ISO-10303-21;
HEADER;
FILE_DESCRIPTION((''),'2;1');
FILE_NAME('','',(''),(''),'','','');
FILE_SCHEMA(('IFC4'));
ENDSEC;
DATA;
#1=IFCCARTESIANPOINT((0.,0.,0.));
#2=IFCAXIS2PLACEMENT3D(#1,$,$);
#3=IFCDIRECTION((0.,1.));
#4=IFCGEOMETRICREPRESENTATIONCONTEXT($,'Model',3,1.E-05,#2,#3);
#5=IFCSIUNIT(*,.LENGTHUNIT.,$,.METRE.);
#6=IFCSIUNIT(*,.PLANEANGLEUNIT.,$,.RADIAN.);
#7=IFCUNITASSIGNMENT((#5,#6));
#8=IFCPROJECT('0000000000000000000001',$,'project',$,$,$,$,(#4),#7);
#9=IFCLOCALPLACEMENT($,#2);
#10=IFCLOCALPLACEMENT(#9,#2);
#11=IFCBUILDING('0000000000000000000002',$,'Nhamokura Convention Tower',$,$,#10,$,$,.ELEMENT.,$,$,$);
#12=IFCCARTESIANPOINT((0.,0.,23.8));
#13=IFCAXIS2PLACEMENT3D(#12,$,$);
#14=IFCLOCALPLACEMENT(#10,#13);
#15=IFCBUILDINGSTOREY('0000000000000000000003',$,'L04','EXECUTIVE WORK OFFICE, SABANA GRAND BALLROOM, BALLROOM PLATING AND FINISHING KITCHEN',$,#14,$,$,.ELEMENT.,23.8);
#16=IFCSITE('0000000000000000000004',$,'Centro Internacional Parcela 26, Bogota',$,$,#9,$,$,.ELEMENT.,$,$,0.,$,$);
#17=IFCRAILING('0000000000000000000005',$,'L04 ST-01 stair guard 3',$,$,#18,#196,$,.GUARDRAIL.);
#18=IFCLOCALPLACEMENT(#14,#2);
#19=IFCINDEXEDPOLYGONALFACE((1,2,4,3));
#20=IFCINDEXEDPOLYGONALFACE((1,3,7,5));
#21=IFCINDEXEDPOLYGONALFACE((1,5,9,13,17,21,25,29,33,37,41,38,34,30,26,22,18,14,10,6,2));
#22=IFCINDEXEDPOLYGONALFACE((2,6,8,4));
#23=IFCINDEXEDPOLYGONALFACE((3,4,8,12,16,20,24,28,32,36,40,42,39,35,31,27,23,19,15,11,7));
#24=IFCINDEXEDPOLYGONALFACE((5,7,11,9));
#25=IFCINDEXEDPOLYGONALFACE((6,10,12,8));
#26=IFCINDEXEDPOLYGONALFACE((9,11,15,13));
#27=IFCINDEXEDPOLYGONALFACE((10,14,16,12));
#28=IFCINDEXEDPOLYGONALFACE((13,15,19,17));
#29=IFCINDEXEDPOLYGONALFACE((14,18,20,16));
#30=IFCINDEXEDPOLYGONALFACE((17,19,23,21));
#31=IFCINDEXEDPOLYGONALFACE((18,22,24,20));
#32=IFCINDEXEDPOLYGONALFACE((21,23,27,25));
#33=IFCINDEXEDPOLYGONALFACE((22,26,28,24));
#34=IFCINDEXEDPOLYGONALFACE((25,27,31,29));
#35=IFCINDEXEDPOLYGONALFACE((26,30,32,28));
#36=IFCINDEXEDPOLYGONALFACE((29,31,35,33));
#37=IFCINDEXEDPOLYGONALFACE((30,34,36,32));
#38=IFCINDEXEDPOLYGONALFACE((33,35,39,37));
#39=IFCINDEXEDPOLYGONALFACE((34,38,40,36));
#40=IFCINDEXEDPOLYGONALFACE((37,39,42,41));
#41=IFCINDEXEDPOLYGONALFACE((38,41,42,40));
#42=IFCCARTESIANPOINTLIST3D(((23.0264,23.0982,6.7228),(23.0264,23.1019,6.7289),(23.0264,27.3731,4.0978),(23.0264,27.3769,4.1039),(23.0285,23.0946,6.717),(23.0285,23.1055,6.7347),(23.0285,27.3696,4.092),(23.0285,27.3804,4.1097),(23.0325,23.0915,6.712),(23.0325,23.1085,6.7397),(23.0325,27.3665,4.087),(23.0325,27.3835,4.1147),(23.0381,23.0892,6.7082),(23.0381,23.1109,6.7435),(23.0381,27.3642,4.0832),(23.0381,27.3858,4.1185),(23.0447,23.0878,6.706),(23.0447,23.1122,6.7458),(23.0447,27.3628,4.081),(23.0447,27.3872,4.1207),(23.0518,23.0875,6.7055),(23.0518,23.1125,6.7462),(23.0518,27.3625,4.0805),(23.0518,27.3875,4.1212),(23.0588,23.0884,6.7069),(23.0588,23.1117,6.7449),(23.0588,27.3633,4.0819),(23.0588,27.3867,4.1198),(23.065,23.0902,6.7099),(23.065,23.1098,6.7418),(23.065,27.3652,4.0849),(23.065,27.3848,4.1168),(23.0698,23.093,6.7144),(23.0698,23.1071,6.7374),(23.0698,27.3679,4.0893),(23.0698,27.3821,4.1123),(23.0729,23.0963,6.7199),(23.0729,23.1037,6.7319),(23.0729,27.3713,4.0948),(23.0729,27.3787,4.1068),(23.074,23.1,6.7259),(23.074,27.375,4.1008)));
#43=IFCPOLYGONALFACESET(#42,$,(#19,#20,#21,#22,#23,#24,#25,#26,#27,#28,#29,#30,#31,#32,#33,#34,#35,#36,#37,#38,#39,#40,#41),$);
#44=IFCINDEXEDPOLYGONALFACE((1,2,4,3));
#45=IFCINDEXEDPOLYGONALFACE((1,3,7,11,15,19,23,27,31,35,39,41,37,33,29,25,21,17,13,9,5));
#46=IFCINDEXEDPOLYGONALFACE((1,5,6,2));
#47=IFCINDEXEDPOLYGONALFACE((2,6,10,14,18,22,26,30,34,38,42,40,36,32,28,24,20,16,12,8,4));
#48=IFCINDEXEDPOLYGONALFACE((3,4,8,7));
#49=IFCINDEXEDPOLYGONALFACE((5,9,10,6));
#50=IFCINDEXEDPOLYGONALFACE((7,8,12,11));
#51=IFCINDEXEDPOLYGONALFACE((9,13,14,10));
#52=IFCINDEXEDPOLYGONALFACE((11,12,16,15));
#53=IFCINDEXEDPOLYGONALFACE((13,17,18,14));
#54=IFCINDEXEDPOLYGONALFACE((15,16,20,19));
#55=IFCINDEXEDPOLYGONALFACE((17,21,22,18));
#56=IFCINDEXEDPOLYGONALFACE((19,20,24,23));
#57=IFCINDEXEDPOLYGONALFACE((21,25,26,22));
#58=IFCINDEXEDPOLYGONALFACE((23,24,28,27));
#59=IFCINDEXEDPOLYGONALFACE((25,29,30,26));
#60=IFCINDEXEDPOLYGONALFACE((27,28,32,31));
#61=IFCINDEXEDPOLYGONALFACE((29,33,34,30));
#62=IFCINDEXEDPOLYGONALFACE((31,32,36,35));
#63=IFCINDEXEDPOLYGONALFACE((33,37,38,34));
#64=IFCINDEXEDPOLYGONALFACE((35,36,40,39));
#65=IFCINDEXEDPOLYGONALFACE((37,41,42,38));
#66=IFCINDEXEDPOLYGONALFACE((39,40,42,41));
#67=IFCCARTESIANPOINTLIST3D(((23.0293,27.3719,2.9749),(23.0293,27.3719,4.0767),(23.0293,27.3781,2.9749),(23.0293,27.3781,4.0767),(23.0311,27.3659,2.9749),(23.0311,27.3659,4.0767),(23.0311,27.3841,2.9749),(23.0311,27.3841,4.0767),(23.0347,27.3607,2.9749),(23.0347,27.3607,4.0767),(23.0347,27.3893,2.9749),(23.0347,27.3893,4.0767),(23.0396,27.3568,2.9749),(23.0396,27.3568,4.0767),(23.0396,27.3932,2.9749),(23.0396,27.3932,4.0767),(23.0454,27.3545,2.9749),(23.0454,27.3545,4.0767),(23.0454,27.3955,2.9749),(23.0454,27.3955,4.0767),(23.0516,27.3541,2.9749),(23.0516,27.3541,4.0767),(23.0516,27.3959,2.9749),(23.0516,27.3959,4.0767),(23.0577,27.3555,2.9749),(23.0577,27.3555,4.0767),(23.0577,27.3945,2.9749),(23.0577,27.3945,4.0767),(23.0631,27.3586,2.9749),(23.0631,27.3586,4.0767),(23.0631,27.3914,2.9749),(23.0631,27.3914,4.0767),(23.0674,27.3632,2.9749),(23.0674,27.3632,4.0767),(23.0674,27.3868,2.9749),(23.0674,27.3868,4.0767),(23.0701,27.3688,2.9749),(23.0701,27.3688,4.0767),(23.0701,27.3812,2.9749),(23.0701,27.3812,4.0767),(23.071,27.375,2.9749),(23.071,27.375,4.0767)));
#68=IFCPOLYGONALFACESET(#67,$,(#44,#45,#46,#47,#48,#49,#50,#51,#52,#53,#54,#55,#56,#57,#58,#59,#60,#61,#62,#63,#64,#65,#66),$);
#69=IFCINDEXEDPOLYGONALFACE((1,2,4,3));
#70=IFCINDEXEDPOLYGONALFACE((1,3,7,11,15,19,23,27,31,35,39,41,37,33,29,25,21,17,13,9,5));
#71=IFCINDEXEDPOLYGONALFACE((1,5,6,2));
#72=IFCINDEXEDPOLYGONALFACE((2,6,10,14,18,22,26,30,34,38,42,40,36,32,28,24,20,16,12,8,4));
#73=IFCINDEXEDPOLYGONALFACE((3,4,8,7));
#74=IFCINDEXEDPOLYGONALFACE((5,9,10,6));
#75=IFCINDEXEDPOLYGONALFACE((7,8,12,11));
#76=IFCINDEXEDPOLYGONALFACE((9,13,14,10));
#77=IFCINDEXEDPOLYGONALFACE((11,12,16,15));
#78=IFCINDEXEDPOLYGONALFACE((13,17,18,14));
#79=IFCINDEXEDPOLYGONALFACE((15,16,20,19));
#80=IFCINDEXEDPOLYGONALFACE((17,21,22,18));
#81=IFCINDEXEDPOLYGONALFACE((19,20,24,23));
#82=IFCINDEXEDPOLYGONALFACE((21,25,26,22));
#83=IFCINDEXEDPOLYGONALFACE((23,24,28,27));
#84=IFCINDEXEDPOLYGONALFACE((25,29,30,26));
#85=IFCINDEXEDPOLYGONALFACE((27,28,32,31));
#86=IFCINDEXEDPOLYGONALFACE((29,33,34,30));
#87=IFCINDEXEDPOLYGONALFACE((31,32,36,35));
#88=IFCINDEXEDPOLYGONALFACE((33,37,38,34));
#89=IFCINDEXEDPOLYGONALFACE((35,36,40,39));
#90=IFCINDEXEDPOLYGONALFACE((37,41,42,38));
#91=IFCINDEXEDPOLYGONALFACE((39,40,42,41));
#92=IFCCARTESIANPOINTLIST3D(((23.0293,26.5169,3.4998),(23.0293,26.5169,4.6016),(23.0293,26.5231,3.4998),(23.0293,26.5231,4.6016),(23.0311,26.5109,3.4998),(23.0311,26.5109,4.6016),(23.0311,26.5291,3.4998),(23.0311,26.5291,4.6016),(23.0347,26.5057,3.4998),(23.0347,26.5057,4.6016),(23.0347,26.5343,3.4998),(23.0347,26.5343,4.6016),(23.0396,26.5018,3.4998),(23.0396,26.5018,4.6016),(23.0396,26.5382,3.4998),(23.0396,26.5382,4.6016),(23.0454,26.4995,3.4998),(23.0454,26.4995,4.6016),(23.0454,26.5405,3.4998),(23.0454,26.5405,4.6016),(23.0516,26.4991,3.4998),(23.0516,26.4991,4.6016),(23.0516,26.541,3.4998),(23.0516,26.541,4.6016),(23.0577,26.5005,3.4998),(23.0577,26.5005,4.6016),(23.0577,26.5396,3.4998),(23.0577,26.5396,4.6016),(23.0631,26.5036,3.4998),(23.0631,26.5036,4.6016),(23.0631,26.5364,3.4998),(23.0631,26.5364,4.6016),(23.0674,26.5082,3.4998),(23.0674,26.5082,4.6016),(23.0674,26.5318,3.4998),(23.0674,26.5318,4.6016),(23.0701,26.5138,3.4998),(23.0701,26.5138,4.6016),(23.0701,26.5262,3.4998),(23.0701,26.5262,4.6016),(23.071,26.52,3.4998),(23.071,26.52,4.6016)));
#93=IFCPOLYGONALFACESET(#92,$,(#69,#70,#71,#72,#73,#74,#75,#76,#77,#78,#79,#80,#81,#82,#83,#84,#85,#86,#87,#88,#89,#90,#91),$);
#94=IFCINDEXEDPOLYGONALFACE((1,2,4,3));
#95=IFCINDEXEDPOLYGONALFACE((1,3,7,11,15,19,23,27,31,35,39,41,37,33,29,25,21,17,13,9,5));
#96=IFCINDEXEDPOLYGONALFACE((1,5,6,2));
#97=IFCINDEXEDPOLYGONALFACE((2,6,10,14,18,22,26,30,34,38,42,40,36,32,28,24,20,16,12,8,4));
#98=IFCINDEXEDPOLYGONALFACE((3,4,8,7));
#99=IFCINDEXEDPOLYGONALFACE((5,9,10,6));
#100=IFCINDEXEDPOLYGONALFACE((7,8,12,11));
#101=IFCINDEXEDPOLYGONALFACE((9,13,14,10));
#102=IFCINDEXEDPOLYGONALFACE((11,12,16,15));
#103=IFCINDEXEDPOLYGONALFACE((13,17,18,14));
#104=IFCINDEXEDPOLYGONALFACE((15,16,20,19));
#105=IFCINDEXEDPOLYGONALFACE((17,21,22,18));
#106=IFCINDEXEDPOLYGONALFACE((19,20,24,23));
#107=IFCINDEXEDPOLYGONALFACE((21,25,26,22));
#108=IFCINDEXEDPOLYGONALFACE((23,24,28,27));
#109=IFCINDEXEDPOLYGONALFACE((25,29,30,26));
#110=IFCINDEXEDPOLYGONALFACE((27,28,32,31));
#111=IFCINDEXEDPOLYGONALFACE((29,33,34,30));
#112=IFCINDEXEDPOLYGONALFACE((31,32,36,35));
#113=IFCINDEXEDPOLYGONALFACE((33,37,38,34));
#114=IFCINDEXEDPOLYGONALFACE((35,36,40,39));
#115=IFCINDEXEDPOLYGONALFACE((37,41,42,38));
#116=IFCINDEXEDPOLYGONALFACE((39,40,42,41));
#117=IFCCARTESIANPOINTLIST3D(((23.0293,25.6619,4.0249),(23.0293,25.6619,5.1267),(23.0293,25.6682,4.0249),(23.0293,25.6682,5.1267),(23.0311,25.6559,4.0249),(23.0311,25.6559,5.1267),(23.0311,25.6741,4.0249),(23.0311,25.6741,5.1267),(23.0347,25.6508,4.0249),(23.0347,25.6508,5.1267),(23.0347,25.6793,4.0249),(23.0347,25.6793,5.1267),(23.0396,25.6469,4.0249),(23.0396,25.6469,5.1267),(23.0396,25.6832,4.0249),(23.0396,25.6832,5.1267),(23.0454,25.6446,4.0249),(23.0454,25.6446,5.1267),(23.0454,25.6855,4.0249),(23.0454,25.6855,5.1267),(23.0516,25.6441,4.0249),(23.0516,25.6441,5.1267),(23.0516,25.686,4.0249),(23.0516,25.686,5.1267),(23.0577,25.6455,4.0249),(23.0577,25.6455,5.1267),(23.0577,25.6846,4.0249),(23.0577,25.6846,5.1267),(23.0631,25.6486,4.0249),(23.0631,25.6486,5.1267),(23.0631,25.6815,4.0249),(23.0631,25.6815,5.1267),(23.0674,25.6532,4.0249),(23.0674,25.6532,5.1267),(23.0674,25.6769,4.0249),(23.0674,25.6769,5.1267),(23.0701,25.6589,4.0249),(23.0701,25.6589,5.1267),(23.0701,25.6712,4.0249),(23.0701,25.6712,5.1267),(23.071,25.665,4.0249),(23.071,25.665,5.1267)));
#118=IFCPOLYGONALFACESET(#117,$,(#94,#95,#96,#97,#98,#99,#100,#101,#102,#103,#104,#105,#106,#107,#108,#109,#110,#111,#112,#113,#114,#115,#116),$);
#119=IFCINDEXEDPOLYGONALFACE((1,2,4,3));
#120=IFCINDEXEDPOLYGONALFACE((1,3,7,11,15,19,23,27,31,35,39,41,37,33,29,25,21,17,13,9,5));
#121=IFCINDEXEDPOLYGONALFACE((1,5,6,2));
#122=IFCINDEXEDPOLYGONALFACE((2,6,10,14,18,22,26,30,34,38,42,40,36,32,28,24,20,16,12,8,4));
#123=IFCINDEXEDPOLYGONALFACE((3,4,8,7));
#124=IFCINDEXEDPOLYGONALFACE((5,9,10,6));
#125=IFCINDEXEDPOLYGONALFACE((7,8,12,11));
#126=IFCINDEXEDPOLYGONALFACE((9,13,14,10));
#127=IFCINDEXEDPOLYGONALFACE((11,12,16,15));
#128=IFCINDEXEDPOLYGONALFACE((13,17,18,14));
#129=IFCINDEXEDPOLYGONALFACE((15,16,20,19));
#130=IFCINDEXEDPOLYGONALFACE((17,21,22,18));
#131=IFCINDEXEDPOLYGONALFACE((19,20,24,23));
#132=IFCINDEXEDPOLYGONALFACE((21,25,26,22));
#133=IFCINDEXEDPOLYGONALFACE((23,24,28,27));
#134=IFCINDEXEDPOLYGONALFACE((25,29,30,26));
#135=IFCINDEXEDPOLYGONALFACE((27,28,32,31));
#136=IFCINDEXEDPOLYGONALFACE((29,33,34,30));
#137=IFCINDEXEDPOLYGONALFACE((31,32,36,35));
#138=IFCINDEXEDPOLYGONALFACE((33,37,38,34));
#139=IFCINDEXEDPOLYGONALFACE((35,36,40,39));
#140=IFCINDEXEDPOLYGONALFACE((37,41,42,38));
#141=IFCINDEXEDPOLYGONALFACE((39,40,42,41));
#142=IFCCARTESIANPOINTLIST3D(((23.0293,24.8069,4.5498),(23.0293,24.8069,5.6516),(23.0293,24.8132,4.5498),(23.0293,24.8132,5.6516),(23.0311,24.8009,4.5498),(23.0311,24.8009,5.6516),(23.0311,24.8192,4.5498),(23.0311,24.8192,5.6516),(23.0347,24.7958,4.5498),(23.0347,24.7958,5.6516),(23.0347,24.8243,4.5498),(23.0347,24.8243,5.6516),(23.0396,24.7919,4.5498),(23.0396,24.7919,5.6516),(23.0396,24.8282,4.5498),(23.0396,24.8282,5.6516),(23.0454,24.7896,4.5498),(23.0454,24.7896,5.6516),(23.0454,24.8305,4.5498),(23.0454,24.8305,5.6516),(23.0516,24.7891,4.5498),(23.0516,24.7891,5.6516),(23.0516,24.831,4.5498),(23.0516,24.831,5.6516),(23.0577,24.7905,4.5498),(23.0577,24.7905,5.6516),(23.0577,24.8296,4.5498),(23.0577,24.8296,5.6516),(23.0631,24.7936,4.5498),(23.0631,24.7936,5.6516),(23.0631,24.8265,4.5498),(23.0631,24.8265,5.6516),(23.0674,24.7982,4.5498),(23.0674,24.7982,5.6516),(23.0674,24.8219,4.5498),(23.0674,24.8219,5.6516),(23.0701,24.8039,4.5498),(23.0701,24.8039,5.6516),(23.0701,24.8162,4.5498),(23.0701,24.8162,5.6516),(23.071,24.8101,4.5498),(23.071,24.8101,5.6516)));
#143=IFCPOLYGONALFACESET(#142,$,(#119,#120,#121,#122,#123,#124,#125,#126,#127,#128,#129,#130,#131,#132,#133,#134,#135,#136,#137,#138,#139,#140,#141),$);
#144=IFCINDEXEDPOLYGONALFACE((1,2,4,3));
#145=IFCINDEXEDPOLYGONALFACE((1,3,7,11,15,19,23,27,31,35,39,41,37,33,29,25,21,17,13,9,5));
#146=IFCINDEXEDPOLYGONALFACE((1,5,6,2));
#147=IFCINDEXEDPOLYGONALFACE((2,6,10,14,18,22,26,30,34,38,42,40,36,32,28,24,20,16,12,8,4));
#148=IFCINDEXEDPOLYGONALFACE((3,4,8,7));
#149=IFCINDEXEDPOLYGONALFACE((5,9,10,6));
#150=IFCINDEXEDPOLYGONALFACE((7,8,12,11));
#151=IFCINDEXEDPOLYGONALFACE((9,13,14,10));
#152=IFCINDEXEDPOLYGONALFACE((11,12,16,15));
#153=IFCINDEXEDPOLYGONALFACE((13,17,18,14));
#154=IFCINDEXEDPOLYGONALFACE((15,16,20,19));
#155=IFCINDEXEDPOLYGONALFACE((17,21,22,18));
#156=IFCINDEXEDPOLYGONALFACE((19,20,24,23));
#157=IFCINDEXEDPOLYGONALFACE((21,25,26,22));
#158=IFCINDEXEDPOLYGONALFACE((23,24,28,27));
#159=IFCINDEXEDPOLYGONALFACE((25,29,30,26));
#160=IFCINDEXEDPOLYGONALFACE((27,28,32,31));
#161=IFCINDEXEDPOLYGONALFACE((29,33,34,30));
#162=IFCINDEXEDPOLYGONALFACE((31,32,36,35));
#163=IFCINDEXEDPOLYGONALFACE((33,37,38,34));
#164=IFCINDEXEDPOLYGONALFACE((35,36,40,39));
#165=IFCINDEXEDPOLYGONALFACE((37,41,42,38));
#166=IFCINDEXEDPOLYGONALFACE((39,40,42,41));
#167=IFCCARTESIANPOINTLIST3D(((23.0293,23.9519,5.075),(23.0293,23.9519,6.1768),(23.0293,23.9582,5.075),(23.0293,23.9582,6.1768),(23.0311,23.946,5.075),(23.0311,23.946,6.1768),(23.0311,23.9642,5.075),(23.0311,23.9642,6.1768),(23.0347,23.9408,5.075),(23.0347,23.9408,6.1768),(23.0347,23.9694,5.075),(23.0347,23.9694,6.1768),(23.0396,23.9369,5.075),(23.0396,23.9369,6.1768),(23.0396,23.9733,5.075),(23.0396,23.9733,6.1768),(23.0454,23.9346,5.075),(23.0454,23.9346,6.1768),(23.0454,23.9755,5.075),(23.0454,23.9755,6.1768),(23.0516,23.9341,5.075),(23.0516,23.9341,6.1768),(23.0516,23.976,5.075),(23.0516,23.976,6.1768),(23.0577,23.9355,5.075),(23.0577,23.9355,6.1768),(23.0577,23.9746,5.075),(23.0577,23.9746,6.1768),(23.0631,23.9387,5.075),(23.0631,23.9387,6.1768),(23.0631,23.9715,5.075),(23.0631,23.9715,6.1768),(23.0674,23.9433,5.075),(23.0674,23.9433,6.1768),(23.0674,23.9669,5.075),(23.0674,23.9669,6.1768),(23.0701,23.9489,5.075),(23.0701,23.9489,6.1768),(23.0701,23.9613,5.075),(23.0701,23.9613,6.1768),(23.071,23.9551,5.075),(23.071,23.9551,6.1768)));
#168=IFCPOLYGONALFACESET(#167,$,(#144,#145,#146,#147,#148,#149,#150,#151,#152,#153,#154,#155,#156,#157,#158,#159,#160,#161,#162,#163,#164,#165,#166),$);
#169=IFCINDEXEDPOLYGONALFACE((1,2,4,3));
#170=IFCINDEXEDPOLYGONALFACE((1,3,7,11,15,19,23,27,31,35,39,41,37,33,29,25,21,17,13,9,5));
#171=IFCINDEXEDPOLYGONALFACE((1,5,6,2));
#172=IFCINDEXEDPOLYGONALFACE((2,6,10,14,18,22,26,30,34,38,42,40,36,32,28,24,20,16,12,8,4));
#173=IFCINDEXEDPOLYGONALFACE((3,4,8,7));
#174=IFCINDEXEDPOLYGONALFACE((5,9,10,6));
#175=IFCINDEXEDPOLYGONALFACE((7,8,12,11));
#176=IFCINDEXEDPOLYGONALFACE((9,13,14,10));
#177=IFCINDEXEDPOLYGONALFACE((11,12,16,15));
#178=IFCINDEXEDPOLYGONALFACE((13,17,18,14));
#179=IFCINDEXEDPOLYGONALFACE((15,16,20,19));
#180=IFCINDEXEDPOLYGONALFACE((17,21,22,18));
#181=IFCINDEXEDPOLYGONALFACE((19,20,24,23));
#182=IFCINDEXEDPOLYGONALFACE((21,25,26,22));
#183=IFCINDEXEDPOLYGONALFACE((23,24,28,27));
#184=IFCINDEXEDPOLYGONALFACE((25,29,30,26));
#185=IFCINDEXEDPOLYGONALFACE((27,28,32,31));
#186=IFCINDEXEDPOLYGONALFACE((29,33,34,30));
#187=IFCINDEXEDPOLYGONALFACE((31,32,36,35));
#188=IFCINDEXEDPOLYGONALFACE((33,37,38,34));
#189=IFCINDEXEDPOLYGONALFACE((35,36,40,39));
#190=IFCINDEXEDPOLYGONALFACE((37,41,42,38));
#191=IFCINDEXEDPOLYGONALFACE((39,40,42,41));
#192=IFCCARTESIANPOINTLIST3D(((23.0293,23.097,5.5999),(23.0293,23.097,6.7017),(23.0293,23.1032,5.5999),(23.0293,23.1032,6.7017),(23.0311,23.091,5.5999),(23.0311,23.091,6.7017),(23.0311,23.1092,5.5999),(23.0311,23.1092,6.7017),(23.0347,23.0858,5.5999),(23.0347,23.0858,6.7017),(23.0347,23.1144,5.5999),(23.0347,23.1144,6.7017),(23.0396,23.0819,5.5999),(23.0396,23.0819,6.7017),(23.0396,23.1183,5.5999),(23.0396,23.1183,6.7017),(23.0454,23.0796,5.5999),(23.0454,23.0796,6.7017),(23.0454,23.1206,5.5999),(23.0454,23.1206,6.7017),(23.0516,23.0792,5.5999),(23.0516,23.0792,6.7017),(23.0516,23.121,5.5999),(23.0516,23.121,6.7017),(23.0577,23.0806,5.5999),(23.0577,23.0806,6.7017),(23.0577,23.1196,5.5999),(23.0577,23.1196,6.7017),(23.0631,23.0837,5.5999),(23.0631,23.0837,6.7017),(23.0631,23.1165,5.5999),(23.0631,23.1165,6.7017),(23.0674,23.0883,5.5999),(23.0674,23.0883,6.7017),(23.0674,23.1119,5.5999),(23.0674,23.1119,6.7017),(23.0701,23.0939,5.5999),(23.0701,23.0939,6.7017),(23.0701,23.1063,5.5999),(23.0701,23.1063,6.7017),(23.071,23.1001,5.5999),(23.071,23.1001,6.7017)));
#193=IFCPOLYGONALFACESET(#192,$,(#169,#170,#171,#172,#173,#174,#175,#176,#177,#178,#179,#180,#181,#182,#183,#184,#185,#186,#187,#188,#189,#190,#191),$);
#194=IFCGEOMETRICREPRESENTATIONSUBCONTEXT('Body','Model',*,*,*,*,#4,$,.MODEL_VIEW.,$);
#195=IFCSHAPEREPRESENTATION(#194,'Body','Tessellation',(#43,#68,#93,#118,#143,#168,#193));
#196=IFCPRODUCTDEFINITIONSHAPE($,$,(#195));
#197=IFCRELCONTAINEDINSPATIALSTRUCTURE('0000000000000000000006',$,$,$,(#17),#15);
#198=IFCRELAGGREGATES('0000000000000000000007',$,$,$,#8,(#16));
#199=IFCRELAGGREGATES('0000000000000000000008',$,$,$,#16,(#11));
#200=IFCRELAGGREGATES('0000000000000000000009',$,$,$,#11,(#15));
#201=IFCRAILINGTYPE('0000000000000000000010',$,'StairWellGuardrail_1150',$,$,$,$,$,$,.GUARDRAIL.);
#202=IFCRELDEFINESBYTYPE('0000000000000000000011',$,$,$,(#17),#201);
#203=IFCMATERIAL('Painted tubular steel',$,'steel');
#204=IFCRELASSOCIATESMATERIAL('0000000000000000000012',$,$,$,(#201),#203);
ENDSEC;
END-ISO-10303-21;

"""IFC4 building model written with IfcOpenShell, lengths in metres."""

from ifc_helpers import new_model, si_unit, direction, frame, origin, origin_2d, place, context, subcontext, project, spatial, circle, extrude, material, type_object, element, save


model = new_model("IFC4")

# Units and contexts
model_context = context("Model", 3, precision=1e-05, world=origin(), true_north=direction((0.0, 1.0)))
body_context = subcontext(model_context, "Body", "Model", "MODEL_VIEW")
ifc_project = project(units=[si_unit("LENGTHUNIT", "METRE"), si_unit("PLANEANGLEUNIT", "RADIAN")], contexts=[model_context])

# Site, building, storey
site_placement = place(None, origin())
site = spatial("IfcSite", under=ifc_project, at=site_placement, Name="Centro Internacional Parcela 26, Bogota", CompositionType="ELEMENT", RefElevation=0.0)
building_placement = place(site_placement, origin())
building = spatial("IfcBuilding", under=site, at=building_placement, Name="Nhamokura Convention Tower", CompositionType="ELEMENT")
storey_placement = place(building_placement, frame((0.0, 0.0, 23.8)))
storey = spatial("IfcBuildingStorey", under=building, at=storey_placement, Name="L04", Description="EXECUTIVE WORK OFFICE, SABANA GRAND BALLROOM, BALLROOM PLATING AND FINISHING KITCHEN", CompositionType="ELEMENT", Elevation=23.8)

# Railing
ifc_material_1 = material(Name="Painted tubular steel", Category="steel")
railing_type_1 = type_object("IfcRailingType", Name="StairWellGuardrail_1150", PredefinedType="GUARDRAIL", material=ifc_material_1)
railing_1_placement = place(storey_placement, frame((23.05, 27.375, 2.9749)))
element("IfcRailing", 1, at=railing_1_placement, inside=storey, type_object=railing_type_1, Name="L04 ST-01 stair guard 3", PredefinedType="GUARDRAIL", context=body_context, shape_type="SweptSolid", body=[
    extrude(circle(Radius=0.0239, at=origin_2d()), frame((0.0, 0.0, 1.126), z_axis=(0.0, -0.852166, 0.523272), x_axis=(1.0, 0.0, 0.0)), (0.0, 0.0, 1.0), 5.0166),
    extrude(circle(Radius=0.021, at=origin_2d()), origin(), (0.0, 0.0, 1.0), 1.1018),
    extrude(circle(Radius=0.021, at=origin_2d()), frame((0.0, -0.855, 0.5249)), (0.0, 0.0, 1.0), 1.1018),
    extrude(circle(Radius=0.021, at=origin_2d()), frame((0.0, -1.71, 1.05)), (0.0, 0.0, 1.0), 1.1018),
    extrude(circle(Radius=0.021, at=origin_2d()), frame((0.0, -2.5649, 1.575)), (0.0, 0.0, 1.0), 1.1018),
    extrude(circle(Radius=0.021, at=origin_2d()), frame((0.0, -3.4199, 2.1001)), (0.0, 0.0, 1.0), 1.1018),
    extrude(circle(Radius=0.021, at=origin_2d()), frame((0.0, -4.2749, 2.625)), (0.0, 0.0, 1.0), 1.1018),
])

save(model, "model.ifc")
